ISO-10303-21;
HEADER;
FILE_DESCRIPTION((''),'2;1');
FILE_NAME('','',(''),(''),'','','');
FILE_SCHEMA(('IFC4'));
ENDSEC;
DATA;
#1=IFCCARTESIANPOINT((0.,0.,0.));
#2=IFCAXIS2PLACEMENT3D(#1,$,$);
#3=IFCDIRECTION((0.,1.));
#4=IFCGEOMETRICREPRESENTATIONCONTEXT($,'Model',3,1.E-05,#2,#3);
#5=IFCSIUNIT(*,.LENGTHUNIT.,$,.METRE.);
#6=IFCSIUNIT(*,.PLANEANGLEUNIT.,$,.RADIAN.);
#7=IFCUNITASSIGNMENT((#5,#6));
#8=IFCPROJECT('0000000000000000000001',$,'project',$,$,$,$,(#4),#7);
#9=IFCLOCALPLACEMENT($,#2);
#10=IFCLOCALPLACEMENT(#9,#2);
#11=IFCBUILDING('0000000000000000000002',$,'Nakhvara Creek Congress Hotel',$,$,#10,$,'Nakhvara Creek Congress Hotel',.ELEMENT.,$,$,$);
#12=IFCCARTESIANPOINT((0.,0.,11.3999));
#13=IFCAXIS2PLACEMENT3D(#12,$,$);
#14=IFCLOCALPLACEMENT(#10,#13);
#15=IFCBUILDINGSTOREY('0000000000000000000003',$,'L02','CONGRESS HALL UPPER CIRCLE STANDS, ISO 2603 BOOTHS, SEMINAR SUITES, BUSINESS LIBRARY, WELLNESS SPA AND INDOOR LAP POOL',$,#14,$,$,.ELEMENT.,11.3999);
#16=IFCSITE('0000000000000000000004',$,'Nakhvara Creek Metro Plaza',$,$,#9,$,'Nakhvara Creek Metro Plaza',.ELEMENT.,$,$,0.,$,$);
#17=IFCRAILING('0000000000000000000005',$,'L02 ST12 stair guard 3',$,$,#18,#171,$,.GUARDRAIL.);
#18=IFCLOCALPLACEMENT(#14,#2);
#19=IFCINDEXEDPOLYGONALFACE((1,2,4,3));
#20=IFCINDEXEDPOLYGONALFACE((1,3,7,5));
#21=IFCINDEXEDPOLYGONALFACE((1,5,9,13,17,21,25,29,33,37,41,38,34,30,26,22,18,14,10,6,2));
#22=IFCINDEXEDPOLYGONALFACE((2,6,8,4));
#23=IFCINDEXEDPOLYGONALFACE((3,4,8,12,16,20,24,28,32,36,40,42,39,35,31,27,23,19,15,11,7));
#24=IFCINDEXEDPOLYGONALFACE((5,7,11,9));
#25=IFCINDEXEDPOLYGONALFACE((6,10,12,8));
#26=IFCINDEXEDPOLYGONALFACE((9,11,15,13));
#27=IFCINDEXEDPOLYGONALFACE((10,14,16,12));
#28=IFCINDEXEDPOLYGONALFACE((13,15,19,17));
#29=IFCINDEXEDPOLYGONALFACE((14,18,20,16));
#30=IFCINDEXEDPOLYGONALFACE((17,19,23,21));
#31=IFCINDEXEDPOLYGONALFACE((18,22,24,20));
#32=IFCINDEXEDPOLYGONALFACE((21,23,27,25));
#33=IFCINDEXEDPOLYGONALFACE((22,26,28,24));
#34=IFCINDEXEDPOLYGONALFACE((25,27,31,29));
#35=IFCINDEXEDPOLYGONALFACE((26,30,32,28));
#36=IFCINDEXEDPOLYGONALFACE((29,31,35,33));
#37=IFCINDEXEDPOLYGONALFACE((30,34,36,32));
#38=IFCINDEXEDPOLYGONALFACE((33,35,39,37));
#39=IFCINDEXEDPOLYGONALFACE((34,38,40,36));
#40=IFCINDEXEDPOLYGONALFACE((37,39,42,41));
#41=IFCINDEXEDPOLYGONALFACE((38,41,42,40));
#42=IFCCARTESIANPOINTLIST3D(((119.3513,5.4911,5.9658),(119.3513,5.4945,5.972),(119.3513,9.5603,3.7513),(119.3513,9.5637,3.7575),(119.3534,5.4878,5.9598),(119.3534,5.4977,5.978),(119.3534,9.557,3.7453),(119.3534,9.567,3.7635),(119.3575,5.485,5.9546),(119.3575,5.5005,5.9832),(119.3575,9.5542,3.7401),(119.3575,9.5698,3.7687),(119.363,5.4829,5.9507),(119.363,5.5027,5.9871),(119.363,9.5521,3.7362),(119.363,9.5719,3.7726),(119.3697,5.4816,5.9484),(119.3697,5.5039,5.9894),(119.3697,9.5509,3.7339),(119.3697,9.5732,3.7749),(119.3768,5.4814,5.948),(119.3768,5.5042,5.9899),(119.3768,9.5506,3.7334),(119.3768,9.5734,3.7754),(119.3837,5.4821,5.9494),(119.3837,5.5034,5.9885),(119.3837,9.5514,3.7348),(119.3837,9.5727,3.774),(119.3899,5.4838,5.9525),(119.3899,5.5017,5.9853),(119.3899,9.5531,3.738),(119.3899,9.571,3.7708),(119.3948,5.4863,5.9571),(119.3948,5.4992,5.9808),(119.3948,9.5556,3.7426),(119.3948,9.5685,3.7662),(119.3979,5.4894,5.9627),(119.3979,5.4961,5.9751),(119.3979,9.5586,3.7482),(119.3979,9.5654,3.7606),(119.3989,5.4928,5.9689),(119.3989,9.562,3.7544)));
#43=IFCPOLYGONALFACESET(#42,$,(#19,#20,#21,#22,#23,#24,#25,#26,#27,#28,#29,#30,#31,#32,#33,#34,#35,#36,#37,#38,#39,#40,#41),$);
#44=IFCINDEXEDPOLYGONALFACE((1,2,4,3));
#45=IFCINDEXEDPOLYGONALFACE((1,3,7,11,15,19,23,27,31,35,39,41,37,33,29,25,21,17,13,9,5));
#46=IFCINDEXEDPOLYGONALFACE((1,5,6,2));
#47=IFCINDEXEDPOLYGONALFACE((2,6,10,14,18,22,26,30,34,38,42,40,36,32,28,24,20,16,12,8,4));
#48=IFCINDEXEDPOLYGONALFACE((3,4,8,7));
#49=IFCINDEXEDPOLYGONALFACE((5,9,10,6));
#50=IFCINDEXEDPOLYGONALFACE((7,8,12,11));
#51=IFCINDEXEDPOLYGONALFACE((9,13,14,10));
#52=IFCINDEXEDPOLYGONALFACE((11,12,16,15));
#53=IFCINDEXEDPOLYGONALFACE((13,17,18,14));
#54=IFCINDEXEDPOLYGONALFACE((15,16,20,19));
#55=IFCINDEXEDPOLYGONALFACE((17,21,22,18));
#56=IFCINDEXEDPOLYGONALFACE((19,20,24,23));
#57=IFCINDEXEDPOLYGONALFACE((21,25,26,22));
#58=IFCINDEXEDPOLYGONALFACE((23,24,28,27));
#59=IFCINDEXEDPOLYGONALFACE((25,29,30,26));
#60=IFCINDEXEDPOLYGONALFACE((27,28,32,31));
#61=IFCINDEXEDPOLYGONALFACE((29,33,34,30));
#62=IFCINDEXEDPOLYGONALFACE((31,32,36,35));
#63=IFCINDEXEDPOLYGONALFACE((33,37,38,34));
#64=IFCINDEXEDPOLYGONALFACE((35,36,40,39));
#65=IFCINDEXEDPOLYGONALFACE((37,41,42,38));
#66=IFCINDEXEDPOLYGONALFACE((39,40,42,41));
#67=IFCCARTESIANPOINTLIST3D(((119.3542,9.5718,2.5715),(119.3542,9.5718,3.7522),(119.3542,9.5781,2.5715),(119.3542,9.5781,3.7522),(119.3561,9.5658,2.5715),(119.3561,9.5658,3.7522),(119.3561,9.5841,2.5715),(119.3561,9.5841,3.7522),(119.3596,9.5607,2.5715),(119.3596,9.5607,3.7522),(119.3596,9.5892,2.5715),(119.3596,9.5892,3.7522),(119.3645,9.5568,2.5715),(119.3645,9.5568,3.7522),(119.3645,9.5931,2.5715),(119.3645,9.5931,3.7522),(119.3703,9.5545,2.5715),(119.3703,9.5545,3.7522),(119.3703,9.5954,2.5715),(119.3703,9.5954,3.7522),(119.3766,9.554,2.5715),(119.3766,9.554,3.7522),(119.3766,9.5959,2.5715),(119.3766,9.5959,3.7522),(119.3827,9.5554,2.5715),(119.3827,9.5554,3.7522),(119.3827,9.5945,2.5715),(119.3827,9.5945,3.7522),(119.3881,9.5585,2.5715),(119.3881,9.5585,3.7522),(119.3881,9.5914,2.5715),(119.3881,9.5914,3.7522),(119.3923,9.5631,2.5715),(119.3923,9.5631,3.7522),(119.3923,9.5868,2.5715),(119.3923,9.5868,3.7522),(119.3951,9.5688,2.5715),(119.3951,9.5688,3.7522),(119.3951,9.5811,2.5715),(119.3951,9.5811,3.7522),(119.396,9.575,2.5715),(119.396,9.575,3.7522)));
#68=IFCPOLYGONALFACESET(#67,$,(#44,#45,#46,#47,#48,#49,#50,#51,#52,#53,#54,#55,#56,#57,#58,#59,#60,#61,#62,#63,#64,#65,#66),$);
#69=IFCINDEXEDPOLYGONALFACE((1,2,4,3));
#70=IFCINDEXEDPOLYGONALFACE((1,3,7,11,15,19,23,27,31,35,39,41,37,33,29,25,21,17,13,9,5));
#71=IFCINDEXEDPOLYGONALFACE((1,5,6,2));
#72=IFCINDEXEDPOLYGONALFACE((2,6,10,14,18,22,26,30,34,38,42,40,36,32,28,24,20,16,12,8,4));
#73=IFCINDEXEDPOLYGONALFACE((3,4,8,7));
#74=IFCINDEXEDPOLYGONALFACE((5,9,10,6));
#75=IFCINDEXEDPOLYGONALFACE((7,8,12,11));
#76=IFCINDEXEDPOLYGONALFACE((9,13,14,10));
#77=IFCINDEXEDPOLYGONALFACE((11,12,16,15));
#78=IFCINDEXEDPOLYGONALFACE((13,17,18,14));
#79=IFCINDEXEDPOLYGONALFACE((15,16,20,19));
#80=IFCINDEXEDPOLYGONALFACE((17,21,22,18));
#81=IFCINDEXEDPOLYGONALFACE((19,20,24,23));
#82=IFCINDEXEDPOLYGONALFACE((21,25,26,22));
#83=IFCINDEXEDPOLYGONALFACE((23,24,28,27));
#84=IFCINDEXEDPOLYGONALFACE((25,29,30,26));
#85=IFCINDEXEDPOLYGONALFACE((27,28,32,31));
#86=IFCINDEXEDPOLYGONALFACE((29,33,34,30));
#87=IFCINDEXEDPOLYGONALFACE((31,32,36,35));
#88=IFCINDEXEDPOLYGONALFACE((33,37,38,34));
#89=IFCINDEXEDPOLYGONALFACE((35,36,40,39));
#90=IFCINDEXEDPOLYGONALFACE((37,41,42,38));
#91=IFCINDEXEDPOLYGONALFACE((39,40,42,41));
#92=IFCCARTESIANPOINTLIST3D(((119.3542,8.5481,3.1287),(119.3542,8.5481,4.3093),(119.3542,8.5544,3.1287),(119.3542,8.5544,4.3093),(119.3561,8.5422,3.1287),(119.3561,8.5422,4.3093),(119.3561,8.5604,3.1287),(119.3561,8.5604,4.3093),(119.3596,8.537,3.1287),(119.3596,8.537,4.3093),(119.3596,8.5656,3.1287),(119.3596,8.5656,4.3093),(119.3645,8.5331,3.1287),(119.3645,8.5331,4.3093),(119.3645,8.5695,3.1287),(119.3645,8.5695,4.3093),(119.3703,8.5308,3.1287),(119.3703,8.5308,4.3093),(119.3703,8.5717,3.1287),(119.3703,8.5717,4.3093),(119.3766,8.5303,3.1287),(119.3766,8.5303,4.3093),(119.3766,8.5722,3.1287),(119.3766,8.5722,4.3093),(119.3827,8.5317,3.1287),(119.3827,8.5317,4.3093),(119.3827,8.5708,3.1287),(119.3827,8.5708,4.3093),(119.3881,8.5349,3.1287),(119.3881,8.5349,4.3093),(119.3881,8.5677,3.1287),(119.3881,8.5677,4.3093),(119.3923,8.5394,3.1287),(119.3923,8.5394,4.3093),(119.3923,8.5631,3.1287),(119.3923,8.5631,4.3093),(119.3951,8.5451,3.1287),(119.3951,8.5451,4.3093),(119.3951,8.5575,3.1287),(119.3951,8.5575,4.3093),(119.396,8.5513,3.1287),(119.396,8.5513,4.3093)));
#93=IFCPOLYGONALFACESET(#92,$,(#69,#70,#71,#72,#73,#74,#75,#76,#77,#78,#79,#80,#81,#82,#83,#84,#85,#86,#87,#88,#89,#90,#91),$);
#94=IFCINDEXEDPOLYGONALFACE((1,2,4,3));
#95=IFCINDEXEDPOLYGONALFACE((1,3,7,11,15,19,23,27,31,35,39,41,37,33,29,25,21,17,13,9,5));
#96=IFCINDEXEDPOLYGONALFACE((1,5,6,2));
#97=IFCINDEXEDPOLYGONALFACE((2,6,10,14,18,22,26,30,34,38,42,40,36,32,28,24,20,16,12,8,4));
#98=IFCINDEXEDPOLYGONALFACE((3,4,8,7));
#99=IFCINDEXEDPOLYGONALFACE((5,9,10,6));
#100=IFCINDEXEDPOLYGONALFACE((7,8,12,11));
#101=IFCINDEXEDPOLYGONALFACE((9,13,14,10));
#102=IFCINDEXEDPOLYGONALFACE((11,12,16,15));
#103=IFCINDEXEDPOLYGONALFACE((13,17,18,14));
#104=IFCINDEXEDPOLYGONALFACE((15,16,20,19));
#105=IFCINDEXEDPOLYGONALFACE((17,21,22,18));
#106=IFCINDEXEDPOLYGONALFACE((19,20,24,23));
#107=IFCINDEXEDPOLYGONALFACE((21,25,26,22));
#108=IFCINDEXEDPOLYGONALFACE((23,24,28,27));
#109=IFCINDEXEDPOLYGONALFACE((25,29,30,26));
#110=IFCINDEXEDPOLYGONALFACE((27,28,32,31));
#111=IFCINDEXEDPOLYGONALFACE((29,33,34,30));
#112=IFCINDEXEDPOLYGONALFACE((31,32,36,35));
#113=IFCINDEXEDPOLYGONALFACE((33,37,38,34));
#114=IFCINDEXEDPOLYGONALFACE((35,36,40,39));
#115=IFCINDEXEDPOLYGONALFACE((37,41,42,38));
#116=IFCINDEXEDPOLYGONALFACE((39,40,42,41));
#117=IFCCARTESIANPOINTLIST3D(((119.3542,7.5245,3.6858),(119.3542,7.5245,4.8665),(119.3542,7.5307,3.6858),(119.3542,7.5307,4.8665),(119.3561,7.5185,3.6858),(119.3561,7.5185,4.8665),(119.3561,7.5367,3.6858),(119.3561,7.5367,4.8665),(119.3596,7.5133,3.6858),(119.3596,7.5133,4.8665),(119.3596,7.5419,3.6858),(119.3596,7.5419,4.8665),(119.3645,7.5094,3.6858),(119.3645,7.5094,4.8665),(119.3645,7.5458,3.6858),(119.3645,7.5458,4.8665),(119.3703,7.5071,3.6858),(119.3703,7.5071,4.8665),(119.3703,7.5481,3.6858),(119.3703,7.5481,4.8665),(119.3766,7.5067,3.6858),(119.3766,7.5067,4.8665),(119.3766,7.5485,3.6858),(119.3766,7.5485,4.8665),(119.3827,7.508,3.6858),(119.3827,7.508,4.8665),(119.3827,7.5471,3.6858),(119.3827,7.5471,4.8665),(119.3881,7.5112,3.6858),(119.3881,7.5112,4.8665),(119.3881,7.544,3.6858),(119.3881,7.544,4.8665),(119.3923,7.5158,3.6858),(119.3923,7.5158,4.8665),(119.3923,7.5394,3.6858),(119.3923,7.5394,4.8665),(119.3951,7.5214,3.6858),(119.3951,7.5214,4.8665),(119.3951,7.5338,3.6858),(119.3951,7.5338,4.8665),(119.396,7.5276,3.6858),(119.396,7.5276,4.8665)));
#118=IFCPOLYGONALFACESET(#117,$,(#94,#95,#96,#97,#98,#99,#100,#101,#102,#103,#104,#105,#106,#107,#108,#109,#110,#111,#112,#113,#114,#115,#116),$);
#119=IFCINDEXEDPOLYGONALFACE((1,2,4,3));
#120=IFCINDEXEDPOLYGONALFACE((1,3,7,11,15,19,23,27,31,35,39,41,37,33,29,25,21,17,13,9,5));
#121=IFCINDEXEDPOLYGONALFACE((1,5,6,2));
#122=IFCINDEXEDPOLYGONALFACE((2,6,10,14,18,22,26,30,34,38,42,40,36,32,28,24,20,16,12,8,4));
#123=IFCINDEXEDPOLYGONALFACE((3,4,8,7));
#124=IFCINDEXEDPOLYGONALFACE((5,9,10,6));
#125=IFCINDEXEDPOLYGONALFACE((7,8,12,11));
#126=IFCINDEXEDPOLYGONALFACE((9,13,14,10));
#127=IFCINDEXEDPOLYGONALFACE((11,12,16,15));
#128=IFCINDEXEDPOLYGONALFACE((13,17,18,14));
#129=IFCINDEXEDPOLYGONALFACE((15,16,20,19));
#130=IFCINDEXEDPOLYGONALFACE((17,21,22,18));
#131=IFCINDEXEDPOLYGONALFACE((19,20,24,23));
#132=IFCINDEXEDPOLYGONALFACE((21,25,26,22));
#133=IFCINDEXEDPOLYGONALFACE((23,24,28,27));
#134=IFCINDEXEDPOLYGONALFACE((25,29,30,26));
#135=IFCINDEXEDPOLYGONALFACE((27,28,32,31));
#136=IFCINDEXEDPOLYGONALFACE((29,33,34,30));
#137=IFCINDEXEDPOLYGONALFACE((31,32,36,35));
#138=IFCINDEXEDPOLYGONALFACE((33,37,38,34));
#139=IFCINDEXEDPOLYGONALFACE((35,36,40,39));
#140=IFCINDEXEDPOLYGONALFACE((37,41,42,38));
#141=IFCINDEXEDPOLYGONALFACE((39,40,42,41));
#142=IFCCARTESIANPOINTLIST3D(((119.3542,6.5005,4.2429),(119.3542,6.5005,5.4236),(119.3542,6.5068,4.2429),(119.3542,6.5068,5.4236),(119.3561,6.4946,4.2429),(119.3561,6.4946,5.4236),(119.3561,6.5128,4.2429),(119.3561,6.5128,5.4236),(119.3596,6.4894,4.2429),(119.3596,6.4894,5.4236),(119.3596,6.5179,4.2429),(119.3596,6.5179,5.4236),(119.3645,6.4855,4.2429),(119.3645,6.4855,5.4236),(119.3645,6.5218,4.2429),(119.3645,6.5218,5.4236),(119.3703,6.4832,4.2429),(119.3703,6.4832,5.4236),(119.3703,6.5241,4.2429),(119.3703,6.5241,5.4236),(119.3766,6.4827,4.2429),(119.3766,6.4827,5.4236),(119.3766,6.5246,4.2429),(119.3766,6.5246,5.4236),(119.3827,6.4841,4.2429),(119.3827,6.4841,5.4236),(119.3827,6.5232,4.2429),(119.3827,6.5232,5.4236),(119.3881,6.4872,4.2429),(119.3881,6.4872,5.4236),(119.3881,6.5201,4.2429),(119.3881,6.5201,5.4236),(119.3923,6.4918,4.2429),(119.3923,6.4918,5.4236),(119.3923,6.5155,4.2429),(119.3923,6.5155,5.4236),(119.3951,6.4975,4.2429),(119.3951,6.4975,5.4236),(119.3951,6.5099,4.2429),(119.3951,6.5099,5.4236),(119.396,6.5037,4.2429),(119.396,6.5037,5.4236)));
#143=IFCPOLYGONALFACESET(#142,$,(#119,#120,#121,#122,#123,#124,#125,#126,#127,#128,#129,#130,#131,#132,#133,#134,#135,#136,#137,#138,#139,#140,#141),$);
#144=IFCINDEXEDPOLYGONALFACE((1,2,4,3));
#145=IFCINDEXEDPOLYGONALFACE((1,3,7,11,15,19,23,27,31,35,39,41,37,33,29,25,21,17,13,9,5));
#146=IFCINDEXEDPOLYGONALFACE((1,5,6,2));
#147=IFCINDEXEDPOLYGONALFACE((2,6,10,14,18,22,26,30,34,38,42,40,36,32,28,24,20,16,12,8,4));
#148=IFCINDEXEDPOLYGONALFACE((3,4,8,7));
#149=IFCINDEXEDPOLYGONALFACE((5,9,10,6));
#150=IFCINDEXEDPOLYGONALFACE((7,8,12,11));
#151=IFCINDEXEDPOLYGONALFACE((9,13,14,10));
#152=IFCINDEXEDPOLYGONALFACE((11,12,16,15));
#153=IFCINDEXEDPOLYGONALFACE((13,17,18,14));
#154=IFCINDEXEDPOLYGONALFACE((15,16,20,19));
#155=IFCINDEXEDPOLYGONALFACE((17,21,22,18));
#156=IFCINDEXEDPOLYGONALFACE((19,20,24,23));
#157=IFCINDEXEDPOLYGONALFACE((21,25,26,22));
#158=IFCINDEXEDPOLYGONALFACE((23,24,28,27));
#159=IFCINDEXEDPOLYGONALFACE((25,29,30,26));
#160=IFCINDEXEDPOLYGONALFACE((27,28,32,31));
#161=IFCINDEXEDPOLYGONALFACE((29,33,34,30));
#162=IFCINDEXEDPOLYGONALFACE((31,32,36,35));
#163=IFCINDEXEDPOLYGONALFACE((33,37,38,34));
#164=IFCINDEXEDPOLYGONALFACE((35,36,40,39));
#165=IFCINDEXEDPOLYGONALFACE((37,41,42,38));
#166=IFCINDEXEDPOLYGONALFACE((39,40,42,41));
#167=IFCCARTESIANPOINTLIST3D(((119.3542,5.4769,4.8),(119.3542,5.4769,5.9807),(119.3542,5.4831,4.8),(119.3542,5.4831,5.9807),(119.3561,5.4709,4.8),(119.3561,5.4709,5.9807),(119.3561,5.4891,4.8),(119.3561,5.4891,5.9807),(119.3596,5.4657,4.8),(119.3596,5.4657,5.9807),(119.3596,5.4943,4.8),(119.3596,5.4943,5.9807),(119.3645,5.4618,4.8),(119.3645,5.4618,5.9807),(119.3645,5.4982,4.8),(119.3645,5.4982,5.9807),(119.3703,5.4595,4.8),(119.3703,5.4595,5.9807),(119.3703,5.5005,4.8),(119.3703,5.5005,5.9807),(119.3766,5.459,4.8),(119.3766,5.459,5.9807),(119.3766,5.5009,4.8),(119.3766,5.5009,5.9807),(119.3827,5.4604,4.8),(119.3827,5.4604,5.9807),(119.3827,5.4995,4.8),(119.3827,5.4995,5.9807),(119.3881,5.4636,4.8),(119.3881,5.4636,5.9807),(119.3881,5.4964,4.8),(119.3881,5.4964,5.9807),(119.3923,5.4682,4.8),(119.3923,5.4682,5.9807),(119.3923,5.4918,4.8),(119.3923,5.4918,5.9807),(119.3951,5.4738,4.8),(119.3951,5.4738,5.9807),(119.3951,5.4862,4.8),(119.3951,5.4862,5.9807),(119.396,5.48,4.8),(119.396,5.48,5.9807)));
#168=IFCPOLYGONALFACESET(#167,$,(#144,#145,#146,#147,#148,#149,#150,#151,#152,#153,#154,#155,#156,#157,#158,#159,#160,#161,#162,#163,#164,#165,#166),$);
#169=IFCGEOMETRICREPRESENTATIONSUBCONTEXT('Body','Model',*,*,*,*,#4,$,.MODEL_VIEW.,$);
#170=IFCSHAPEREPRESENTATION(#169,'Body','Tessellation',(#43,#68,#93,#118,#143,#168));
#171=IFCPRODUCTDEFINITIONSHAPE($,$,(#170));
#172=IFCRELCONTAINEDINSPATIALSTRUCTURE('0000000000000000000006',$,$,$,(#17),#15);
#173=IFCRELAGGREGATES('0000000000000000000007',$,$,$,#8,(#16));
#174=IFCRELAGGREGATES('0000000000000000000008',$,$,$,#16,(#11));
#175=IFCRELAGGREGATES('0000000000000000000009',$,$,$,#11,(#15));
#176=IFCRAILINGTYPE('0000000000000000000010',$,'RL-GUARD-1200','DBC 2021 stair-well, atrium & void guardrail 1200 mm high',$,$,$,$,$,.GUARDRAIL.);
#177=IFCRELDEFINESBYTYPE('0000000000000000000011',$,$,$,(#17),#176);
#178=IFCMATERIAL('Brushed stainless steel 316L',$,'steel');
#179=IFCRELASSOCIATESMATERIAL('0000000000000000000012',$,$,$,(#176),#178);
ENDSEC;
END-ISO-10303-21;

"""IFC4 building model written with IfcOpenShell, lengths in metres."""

from ifc_helpers import new_model, si_unit, direction, frame, origin, origin_2d, place, context, subcontext, project, spatial, circle, extrude, material, type_object, element, save


model = new_model("IFC4")

# Units and contexts
model_context = context("Model", 3, precision=1e-05, world=origin(), true_north=direction((0.0, 1.0)))
body_context = subcontext(model_context, "Body", "Model", "MODEL_VIEW")
ifc_project = project(units=[si_unit("LENGTHUNIT", "METRE"), si_unit("PLANEANGLEUNIT", "RADIAN")], contexts=[model_context])

# Site, building, storey
site_placement = place(None, origin())
site = spatial("IfcSite", under=ifc_project, at=site_placement, Name="Nakhvara Creek Metro Plaza", LongName="Nakhvara Creek Metro Plaza", CompositionType="ELEMENT", RefElevation=0.0)
building_placement = place(site_placement, origin())
building = spatial("IfcBuilding", under=site, at=building_placement, Name="Nakhvara Creek Congress Hotel", LongName="Nakhvara Creek Congress Hotel", CompositionType="ELEMENT")
storey_placement = place(building_placement, frame((0.0, 0.0, 11.3999)))
storey = spatial("IfcBuildingStorey", under=building, at=storey_placement, Name="L02", Description="CONGRESS HALL UPPER CIRCLE STANDS, ISO 2603 BOOTHS, SEMINAR SUITES, BUSINESS LIBRARY, WELLNESS SPA AND INDOOR LAP POOL", CompositionType="ELEMENT", Elevation=11.3999)

# Railing
ifc_material_1 = material(Name="Brushed stainless steel 316L", Category="steel")
railing_type_1 = type_object("IfcRailingType", Name="RL-GUARD-1200", Description="DBC 2021 stair-well, atrium & void guardrail 1200 mm high", PredefinedType="GUARDRAIL", material=ifc_material_1)
railing_1_placement = place(storey_placement, frame((119.375, 9.575, 2.5715)))
element("IfcRailing", 1, at=railing_1_placement, inside=storey, type_object=railing_type_1, Name="L02 ST12 stair guard 3", PredefinedType="GUARDRAIL", context=body_context, shape_type="SweptSolid", body=[
    extrude(circle(Radius=0.0239, at=origin_2d()), frame((0.0, -0.0129, 1.1829), z_axis=(0.0, -0.878355, 0.478008), x_axis=(1.0, 0.0, 0.0)), (0.0, 0.0, 1.0), 4.6328),
    extrude(circle(Radius=0.021, at=origin_2d()), origin(), (0.0, 0.0, 1.0), 1.1807),
    extrude(circle(Radius=0.021, at=origin_2d()), frame((0.0, -1.0237, 0.5571)), (0.0, 0.0, 1.0), 1.1807),
    extrude(circle(Radius=0.021, at=origin_2d()), frame((0.0, -2.0474, 1.1143)), (0.0, 0.0, 1.0), 1.1807),
    extrude(circle(Radius=0.021, at=origin_2d()), frame((0.0, -3.0713, 1.6714)), (0.0, 0.0, 1.0), 1.1807),
    extrude(circle(Radius=0.021, at=origin_2d()), frame((0.0, -4.095, 2.2285)), (0.0, 0.0, 1.0), 1.1807),
])

save(model, "model.ifc")
